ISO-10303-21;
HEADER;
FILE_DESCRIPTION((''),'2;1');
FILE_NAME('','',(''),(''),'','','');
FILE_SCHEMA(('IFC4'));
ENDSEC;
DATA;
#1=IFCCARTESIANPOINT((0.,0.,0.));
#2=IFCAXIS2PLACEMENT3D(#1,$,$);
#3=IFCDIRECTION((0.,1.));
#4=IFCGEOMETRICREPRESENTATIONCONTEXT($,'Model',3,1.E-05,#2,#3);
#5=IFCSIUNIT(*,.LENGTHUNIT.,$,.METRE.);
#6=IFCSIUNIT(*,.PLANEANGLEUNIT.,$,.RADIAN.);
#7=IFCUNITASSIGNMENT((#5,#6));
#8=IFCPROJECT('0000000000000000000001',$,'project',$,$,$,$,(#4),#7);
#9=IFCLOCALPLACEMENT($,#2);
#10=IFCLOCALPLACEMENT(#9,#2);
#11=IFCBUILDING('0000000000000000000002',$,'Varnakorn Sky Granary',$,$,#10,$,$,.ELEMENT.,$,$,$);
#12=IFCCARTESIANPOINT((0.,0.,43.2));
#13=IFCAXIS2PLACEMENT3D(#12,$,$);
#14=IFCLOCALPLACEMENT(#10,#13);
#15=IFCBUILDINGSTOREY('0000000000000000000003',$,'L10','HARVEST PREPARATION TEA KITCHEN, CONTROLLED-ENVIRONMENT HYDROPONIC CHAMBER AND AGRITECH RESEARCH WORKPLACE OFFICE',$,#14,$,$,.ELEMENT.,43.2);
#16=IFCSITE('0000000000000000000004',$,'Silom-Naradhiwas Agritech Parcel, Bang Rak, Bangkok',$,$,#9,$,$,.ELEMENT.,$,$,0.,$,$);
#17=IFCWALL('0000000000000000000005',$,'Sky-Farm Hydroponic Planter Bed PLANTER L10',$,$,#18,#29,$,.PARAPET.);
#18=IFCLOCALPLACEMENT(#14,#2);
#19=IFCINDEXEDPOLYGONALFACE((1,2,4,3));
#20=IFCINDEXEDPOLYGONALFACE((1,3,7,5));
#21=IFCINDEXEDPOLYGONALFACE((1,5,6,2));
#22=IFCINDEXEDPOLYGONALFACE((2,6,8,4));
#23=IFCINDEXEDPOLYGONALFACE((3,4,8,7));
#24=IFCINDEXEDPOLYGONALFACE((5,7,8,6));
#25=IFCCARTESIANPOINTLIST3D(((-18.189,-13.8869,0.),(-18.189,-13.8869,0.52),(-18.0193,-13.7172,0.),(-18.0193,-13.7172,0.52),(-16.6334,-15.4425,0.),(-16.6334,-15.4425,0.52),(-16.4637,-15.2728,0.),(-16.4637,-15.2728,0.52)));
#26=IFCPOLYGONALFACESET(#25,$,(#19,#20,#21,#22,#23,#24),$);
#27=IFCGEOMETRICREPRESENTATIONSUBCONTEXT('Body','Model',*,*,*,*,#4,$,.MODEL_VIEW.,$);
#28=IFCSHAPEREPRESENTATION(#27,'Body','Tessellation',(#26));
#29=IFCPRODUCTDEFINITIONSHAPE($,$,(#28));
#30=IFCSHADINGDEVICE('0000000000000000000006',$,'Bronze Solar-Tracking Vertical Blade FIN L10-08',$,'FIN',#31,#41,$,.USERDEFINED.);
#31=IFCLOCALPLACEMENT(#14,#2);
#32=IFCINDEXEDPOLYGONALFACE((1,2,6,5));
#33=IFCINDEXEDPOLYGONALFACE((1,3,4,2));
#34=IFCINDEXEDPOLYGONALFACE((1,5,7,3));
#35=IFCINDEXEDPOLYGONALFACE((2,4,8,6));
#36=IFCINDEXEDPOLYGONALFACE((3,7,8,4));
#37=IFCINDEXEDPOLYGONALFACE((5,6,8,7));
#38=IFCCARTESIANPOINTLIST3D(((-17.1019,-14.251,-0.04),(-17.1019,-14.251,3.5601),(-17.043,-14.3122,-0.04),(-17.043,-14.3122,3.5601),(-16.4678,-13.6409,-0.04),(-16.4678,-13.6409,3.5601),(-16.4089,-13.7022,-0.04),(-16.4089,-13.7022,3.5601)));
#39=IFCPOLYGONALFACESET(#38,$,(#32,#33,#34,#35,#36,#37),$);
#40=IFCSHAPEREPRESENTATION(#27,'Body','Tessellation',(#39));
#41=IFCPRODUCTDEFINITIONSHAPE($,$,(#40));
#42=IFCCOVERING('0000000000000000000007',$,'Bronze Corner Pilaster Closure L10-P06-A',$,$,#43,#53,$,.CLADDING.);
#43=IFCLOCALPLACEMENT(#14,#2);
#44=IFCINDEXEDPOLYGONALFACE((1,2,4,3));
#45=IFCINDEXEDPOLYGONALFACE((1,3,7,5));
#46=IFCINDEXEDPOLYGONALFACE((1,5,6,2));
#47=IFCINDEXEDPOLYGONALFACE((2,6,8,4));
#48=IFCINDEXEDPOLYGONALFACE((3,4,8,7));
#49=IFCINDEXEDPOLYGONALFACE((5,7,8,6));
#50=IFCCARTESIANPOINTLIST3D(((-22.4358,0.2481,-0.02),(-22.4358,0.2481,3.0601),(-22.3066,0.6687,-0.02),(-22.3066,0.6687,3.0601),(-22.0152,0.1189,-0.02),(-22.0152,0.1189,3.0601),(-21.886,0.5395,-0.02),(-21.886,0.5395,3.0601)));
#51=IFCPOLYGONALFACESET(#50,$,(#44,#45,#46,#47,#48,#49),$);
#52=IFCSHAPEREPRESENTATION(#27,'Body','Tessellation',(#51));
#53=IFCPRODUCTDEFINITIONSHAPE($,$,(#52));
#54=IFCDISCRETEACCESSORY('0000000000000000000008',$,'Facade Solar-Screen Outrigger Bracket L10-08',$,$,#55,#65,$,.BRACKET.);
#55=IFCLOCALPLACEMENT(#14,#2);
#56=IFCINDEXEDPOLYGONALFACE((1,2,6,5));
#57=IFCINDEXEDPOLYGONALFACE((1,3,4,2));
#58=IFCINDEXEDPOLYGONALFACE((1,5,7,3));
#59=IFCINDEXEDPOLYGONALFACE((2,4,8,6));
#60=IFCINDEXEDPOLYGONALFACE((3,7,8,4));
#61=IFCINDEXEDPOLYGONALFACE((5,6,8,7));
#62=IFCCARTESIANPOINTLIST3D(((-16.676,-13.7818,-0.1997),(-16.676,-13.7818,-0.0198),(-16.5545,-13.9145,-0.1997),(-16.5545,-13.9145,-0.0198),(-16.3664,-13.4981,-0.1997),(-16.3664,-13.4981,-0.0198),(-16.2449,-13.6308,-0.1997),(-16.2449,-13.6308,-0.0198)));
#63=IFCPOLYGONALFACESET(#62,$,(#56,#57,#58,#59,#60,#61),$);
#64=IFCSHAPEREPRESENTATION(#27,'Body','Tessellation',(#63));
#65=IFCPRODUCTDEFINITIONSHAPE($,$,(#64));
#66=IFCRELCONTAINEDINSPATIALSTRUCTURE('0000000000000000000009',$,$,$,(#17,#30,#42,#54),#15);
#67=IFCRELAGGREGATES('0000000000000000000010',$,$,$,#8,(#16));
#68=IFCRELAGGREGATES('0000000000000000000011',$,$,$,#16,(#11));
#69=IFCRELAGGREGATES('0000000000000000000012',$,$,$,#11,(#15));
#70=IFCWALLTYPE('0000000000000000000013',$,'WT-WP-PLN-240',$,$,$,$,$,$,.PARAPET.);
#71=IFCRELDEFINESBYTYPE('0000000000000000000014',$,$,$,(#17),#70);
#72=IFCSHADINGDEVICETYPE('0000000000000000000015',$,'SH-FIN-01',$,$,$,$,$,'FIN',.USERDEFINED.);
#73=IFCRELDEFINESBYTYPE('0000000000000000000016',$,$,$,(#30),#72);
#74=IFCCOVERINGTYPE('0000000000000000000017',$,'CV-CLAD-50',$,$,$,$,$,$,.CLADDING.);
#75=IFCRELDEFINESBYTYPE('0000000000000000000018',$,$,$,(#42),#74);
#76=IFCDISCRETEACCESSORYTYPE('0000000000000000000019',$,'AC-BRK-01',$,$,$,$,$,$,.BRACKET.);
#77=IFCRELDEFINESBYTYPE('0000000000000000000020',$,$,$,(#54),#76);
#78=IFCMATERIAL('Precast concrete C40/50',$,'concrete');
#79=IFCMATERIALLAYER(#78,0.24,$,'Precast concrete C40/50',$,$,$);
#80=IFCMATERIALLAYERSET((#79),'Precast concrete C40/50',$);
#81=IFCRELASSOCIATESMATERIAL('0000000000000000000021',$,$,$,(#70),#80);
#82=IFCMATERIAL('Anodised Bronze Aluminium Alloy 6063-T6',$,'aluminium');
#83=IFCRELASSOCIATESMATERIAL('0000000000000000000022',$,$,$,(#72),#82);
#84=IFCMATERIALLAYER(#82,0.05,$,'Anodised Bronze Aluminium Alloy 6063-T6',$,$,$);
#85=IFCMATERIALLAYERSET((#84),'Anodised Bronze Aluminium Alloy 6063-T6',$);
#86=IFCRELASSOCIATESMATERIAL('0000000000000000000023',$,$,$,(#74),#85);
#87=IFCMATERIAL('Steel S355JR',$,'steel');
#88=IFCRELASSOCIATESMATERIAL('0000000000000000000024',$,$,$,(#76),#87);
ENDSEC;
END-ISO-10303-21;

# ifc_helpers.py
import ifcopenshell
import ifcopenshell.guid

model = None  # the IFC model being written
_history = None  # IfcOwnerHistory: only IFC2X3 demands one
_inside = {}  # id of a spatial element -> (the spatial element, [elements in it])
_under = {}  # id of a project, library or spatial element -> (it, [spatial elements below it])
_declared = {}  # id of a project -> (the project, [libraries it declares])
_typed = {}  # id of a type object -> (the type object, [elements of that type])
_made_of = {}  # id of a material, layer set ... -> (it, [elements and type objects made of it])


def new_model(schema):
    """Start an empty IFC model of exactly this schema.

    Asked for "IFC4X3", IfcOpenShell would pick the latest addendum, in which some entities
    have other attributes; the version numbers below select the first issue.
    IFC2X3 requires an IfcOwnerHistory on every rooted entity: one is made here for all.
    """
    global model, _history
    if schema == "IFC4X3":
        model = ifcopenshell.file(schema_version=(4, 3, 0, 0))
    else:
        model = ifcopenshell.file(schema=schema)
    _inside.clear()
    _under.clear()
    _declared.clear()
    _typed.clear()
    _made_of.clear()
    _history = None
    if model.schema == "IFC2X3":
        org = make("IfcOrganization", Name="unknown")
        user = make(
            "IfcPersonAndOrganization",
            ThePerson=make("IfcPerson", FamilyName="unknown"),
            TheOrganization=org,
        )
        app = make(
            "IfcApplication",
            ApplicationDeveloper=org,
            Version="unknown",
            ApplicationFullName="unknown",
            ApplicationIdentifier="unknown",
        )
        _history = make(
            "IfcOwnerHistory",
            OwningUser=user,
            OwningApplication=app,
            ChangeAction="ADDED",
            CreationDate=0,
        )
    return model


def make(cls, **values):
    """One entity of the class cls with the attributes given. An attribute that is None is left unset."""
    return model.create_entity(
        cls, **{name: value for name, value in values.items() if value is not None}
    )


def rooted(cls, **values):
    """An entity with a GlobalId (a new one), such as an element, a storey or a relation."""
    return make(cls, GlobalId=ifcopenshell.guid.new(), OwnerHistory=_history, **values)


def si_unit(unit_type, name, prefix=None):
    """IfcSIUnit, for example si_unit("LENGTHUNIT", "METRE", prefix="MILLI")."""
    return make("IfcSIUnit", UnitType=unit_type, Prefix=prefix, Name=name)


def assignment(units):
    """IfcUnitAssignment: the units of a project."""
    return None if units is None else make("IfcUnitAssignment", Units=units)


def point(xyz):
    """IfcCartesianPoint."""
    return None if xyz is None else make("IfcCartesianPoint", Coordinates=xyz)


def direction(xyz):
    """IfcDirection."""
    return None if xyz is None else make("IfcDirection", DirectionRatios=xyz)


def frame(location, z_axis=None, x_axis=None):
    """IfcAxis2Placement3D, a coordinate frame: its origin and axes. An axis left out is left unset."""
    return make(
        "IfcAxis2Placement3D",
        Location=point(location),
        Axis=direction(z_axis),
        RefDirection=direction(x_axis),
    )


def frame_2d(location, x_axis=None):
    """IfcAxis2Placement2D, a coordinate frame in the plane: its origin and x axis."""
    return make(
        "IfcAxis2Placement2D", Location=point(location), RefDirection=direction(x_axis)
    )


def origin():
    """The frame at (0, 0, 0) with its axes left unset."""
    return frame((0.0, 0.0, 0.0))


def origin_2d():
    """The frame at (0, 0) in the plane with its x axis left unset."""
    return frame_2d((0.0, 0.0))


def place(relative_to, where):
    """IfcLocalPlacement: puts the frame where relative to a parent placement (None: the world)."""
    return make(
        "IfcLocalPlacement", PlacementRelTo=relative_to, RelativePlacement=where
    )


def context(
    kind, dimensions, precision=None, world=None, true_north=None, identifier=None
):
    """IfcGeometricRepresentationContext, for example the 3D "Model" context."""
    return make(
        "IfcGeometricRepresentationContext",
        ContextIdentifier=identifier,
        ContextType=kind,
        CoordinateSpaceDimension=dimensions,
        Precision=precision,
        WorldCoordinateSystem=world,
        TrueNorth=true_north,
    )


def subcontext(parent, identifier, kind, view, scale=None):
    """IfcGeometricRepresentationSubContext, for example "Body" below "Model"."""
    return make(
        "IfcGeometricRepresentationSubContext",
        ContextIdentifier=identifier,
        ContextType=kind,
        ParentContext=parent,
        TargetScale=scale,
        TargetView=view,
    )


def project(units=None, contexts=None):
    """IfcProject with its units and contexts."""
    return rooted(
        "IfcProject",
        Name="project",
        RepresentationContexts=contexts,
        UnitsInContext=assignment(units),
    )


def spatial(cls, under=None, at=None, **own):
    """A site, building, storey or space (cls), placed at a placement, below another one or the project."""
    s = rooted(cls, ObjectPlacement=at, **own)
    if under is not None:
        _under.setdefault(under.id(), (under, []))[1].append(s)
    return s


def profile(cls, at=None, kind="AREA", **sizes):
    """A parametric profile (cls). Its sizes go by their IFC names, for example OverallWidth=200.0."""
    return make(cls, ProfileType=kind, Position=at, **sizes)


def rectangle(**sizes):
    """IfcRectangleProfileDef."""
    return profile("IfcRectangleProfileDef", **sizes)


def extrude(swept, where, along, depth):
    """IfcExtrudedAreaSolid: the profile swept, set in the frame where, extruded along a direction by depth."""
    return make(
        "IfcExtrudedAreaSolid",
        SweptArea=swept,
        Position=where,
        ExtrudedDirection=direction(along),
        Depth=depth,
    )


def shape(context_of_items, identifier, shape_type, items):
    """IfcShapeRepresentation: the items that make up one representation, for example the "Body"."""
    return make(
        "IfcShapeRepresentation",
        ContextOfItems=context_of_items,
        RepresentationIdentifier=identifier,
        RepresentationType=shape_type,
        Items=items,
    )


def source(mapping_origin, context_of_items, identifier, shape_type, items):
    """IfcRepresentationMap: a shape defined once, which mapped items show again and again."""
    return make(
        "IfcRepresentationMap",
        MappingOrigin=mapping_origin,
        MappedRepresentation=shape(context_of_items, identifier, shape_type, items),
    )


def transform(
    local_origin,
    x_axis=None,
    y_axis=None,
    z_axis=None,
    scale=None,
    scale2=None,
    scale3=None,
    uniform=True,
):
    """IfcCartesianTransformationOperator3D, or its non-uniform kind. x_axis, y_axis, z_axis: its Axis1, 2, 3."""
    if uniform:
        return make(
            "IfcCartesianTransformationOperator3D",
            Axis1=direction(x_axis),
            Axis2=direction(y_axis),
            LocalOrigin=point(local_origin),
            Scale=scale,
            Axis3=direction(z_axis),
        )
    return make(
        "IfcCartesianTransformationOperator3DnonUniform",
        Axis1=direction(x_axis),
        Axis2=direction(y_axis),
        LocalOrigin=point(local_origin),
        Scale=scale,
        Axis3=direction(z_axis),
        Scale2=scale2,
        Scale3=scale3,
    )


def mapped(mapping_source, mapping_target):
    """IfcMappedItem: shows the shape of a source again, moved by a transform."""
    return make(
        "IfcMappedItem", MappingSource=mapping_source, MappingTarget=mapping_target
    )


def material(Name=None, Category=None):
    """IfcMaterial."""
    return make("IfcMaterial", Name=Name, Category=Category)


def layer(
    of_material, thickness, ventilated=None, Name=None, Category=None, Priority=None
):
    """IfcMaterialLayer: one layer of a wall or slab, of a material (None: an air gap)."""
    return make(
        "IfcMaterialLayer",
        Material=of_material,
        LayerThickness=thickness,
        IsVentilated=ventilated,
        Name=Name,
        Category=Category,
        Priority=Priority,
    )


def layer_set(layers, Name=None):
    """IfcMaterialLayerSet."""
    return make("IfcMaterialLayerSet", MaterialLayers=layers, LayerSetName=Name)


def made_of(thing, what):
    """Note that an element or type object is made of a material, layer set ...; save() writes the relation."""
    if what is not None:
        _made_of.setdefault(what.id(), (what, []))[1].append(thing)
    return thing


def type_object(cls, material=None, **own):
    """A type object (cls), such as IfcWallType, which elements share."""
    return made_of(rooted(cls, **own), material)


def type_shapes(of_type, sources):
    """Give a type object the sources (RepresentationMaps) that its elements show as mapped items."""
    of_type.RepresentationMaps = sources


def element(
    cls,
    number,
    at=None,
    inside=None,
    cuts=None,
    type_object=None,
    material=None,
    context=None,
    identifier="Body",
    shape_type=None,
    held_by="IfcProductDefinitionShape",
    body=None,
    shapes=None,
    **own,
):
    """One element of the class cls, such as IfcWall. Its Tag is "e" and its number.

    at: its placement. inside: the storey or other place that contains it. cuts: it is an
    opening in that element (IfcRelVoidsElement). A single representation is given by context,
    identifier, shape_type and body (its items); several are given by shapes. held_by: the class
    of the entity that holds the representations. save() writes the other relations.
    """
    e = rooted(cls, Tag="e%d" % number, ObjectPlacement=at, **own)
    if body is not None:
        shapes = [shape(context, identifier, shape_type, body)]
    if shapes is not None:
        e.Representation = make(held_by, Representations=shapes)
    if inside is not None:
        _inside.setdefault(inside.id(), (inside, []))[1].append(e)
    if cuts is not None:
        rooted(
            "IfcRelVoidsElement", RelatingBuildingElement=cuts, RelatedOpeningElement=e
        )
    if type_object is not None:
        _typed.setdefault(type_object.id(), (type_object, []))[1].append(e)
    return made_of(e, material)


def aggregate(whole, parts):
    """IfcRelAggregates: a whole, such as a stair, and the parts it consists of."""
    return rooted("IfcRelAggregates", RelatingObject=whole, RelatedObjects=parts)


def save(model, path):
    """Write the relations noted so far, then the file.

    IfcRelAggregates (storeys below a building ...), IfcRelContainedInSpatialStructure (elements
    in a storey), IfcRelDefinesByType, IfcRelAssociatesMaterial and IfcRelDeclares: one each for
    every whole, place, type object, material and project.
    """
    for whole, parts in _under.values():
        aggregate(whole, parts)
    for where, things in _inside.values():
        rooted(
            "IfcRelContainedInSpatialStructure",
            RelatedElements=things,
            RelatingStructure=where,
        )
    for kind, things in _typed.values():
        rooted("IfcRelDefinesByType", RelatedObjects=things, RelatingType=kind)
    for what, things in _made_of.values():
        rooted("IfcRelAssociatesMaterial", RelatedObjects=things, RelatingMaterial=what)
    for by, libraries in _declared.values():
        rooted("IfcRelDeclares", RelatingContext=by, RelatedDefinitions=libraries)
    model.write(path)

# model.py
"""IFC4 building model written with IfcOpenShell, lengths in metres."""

from ifc_helpers import new_model, si_unit, direction, frame, frame_2d, origin, origin_2d, place, context, subcontext, project, spatial, rectangle, extrude, source, transform, mapped, material, layer, layer_set, type_object, type_shapes, element, save


model = new_model("IFC4")

# Units and contexts
model_context = context("Model", 3, precision=1e-05, world=origin(), true_north=direction((0.0, 1.0)))
body_context = subcontext(model_context, "Body", "Model", "MODEL_VIEW")
ifc_project = project(units=[si_unit("LENGTHUNIT", "METRE"), si_unit("PLANEANGLEUNIT", "RADIAN")], contexts=[model_context])

# Site, building, storey
site_placement = place(None, origin())
site = spatial("IfcSite", under=ifc_project, at=site_placement, Name="Silom-Naradhiwas Agritech Parcel, Bang Rak, Bangkok", CompositionType="ELEMENT", RefElevation=0.0)
building_placement = place(site_placement, origin())
building = spatial("IfcBuilding", under=site, at=building_placement, Name="Varnakorn Sky Granary", CompositionType="ELEMENT")
storey_placement = place(building_placement, frame((0.0, 0.0, 43.2)))
storey = spatial("IfcBuildingStorey", under=building, at=storey_placement, Name="L10", Description="HARVEST PREPARATION TEA KITCHEN, CONTROLLED-ENVIRONMENT HYDROPONIC CHAMBER AND AGRITECH RESEARCH WORKPLACE OFFICE", CompositionType="ELEMENT", Elevation=43.2)

# Shared definitions
ifc_material_1 = material(Name="Steel S355JR", Category="steel")

# Shared definitions
ifc_material_2 = material(Name="Anodised Bronze Aluminium Alloy 6063-T6", Category="aluminium")

# Wall
ifc_material_3 = material(Name="Precast concrete C40/50", Category="concrete")
ifc_layer_1 = layer(ifc_material_3, 0.24, Name="Precast concrete C40/50")
ifc_layer_set_1 = layer_set([ifc_layer_1], Name="Precast concrete C40/50")
wall_type_1 = type_object("IfcWallType", Name="WT-WP-PLN-240", PredefinedType="PARAPET", material=ifc_layer_set_1)
wall_1_placement = place(storey_placement, frame((-18.1042, -13.802, 0.0), z_axis=(0.0, 0.0, 1.0), x_axis=(0.707107, -0.707107, 0.0)))
element("IfcWall", 1, at=wall_1_placement, inside=storey, type_object=wall_type_1, Name="Sky-Farm Hydroponic Planter Bed PLANTER L10", PredefinedType="PARAPET", context=body_context, shape_type="SweptSolid", body=[
    extrude(rectangle(XDim=2.2, YDim=0.24, at=frame_2d((1.1001, 0.0))), origin(), (0.0, 0.0, 1.0), 0.52),
])

# Shading device
shading_device_type = type_object("IfcShadingDeviceType", Name="SH-FIN-01", ElementType="FIN", PredefinedType="USERDEFINED", material=ifc_material_2)
shared_shape_1 = source(origin(), body_context, "Body", "SweptSolid", [
    extrude(rectangle(XDim=0.085, YDim=0.8799, at=origin_2d()), origin(), (0.0, 0.0, 1.0), 3.6001),
])
type_shapes(shading_device_type, [shared_shape_1])
shading_device_placement = place(storey_placement, frame((-16.7554, -13.9766, -0.04), z_axis=(0.0, 0.0, 1.0), x_axis=(0.693305, -0.720645, 0.0)))
element("IfcShadingDevice", 2, at=shading_device_placement, inside=storey, type_object=shading_device_type, Name="Bronze Solar-Tracking Vertical Blade FIN L10-08", ObjectType="FIN", PredefinedType="USERDEFINED", context=body_context, shape_type="MappedRepresentation", body=[
    mapped(shared_shape_1, transform((0.0, 0.0, 0.0), x_axis=(1.0, 0.0, 0.0), y_axis=(0.0, 1.0, 0.0), z_axis=(0.0, 0.0, 1.0), scale=1.0)),
])

# Covering
ifc_layer_2 = layer(ifc_material_2, 0.05, Name="Anodised Bronze Aluminium Alloy 6063-T6")
ifc_layer_set_2 = layer_set([ifc_layer_2], Name="Anodised Bronze Aluminium Alloy 6063-T6")
covering_type = type_object("IfcCoveringType", Name="CV-CLAD-50", PredefinedType="CLADDING", material=ifc_layer_set_2)
shared_shape_2 = source(origin(), body_context, "Body", "SweptSolid", [
    extrude(rectangle(XDim=0.4399, YDim=0.4399, at=origin_2d()), origin(), (0.0, 0.0, 1.0), 3.0801),
])
type_shapes(covering_type, [shared_shape_2])
covering_placement = place(storey_placement, frame((-22.1609, 0.3938, -0.02), z_axis=(0.0, 0.0, 1.0), x_axis=(0.293707, 0.955896, 0.0)))
element("IfcCovering", 3, at=covering_placement, inside=storey, type_object=covering_type, Name="Bronze Corner Pilaster Closure L10-P06-A", PredefinedType="CLADDING", context=body_context, shape_type="MappedRepresentation", body=[
    mapped(shared_shape_2, transform((0.0, 0.0, 0.0), x_axis=(1.0, 0.0, 0.0), y_axis=(0.0, 1.0, 0.0), z_axis=(0.0, 0.0, 1.0), scale=1.0)),
])

# Discrete accessory
discrete_accessory_type = type_object("IfcDiscreteAccessoryType", Name="AC-BRK-01", PredefinedType="BRACKET", material=ifc_material_1)
shared_shape_3 = source(origin(), body_context, "Body", "SweptSolid", [
    extrude(rectangle(XDim=0.1799, YDim=0.4199, at=origin_2d()), origin(), (0.0, 0.0, 1.0), 0.1799),
])
type_shapes(discrete_accessory_type, [shared_shape_3])
discrete_accessory_placement = place(storey_placement, frame((-16.4604, -13.7063, -0.1997), z_axis=(0.0, 0.0, 1.0), x_axis=(0.675526, -0.737336, 0.0)))
element("IfcDiscreteAccessory", 4, at=discrete_accessory_placement, inside=storey, type_object=discrete_accessory_type, Name="Facade Solar-Screen Outrigger Bracket L10-08", PredefinedType="BRACKET", context=body_context, shape_type="MappedRepresentation", body=[
    mapped(shared_shape_3, transform((0.0, 0.0, 0.0), x_axis=(1.0, 0.0, 0.0), y_axis=(0.0, 1.0, 0.0), z_axis=(0.0, 0.0, 1.0), scale=1.0)),
])

save(model, "model.ifc")
